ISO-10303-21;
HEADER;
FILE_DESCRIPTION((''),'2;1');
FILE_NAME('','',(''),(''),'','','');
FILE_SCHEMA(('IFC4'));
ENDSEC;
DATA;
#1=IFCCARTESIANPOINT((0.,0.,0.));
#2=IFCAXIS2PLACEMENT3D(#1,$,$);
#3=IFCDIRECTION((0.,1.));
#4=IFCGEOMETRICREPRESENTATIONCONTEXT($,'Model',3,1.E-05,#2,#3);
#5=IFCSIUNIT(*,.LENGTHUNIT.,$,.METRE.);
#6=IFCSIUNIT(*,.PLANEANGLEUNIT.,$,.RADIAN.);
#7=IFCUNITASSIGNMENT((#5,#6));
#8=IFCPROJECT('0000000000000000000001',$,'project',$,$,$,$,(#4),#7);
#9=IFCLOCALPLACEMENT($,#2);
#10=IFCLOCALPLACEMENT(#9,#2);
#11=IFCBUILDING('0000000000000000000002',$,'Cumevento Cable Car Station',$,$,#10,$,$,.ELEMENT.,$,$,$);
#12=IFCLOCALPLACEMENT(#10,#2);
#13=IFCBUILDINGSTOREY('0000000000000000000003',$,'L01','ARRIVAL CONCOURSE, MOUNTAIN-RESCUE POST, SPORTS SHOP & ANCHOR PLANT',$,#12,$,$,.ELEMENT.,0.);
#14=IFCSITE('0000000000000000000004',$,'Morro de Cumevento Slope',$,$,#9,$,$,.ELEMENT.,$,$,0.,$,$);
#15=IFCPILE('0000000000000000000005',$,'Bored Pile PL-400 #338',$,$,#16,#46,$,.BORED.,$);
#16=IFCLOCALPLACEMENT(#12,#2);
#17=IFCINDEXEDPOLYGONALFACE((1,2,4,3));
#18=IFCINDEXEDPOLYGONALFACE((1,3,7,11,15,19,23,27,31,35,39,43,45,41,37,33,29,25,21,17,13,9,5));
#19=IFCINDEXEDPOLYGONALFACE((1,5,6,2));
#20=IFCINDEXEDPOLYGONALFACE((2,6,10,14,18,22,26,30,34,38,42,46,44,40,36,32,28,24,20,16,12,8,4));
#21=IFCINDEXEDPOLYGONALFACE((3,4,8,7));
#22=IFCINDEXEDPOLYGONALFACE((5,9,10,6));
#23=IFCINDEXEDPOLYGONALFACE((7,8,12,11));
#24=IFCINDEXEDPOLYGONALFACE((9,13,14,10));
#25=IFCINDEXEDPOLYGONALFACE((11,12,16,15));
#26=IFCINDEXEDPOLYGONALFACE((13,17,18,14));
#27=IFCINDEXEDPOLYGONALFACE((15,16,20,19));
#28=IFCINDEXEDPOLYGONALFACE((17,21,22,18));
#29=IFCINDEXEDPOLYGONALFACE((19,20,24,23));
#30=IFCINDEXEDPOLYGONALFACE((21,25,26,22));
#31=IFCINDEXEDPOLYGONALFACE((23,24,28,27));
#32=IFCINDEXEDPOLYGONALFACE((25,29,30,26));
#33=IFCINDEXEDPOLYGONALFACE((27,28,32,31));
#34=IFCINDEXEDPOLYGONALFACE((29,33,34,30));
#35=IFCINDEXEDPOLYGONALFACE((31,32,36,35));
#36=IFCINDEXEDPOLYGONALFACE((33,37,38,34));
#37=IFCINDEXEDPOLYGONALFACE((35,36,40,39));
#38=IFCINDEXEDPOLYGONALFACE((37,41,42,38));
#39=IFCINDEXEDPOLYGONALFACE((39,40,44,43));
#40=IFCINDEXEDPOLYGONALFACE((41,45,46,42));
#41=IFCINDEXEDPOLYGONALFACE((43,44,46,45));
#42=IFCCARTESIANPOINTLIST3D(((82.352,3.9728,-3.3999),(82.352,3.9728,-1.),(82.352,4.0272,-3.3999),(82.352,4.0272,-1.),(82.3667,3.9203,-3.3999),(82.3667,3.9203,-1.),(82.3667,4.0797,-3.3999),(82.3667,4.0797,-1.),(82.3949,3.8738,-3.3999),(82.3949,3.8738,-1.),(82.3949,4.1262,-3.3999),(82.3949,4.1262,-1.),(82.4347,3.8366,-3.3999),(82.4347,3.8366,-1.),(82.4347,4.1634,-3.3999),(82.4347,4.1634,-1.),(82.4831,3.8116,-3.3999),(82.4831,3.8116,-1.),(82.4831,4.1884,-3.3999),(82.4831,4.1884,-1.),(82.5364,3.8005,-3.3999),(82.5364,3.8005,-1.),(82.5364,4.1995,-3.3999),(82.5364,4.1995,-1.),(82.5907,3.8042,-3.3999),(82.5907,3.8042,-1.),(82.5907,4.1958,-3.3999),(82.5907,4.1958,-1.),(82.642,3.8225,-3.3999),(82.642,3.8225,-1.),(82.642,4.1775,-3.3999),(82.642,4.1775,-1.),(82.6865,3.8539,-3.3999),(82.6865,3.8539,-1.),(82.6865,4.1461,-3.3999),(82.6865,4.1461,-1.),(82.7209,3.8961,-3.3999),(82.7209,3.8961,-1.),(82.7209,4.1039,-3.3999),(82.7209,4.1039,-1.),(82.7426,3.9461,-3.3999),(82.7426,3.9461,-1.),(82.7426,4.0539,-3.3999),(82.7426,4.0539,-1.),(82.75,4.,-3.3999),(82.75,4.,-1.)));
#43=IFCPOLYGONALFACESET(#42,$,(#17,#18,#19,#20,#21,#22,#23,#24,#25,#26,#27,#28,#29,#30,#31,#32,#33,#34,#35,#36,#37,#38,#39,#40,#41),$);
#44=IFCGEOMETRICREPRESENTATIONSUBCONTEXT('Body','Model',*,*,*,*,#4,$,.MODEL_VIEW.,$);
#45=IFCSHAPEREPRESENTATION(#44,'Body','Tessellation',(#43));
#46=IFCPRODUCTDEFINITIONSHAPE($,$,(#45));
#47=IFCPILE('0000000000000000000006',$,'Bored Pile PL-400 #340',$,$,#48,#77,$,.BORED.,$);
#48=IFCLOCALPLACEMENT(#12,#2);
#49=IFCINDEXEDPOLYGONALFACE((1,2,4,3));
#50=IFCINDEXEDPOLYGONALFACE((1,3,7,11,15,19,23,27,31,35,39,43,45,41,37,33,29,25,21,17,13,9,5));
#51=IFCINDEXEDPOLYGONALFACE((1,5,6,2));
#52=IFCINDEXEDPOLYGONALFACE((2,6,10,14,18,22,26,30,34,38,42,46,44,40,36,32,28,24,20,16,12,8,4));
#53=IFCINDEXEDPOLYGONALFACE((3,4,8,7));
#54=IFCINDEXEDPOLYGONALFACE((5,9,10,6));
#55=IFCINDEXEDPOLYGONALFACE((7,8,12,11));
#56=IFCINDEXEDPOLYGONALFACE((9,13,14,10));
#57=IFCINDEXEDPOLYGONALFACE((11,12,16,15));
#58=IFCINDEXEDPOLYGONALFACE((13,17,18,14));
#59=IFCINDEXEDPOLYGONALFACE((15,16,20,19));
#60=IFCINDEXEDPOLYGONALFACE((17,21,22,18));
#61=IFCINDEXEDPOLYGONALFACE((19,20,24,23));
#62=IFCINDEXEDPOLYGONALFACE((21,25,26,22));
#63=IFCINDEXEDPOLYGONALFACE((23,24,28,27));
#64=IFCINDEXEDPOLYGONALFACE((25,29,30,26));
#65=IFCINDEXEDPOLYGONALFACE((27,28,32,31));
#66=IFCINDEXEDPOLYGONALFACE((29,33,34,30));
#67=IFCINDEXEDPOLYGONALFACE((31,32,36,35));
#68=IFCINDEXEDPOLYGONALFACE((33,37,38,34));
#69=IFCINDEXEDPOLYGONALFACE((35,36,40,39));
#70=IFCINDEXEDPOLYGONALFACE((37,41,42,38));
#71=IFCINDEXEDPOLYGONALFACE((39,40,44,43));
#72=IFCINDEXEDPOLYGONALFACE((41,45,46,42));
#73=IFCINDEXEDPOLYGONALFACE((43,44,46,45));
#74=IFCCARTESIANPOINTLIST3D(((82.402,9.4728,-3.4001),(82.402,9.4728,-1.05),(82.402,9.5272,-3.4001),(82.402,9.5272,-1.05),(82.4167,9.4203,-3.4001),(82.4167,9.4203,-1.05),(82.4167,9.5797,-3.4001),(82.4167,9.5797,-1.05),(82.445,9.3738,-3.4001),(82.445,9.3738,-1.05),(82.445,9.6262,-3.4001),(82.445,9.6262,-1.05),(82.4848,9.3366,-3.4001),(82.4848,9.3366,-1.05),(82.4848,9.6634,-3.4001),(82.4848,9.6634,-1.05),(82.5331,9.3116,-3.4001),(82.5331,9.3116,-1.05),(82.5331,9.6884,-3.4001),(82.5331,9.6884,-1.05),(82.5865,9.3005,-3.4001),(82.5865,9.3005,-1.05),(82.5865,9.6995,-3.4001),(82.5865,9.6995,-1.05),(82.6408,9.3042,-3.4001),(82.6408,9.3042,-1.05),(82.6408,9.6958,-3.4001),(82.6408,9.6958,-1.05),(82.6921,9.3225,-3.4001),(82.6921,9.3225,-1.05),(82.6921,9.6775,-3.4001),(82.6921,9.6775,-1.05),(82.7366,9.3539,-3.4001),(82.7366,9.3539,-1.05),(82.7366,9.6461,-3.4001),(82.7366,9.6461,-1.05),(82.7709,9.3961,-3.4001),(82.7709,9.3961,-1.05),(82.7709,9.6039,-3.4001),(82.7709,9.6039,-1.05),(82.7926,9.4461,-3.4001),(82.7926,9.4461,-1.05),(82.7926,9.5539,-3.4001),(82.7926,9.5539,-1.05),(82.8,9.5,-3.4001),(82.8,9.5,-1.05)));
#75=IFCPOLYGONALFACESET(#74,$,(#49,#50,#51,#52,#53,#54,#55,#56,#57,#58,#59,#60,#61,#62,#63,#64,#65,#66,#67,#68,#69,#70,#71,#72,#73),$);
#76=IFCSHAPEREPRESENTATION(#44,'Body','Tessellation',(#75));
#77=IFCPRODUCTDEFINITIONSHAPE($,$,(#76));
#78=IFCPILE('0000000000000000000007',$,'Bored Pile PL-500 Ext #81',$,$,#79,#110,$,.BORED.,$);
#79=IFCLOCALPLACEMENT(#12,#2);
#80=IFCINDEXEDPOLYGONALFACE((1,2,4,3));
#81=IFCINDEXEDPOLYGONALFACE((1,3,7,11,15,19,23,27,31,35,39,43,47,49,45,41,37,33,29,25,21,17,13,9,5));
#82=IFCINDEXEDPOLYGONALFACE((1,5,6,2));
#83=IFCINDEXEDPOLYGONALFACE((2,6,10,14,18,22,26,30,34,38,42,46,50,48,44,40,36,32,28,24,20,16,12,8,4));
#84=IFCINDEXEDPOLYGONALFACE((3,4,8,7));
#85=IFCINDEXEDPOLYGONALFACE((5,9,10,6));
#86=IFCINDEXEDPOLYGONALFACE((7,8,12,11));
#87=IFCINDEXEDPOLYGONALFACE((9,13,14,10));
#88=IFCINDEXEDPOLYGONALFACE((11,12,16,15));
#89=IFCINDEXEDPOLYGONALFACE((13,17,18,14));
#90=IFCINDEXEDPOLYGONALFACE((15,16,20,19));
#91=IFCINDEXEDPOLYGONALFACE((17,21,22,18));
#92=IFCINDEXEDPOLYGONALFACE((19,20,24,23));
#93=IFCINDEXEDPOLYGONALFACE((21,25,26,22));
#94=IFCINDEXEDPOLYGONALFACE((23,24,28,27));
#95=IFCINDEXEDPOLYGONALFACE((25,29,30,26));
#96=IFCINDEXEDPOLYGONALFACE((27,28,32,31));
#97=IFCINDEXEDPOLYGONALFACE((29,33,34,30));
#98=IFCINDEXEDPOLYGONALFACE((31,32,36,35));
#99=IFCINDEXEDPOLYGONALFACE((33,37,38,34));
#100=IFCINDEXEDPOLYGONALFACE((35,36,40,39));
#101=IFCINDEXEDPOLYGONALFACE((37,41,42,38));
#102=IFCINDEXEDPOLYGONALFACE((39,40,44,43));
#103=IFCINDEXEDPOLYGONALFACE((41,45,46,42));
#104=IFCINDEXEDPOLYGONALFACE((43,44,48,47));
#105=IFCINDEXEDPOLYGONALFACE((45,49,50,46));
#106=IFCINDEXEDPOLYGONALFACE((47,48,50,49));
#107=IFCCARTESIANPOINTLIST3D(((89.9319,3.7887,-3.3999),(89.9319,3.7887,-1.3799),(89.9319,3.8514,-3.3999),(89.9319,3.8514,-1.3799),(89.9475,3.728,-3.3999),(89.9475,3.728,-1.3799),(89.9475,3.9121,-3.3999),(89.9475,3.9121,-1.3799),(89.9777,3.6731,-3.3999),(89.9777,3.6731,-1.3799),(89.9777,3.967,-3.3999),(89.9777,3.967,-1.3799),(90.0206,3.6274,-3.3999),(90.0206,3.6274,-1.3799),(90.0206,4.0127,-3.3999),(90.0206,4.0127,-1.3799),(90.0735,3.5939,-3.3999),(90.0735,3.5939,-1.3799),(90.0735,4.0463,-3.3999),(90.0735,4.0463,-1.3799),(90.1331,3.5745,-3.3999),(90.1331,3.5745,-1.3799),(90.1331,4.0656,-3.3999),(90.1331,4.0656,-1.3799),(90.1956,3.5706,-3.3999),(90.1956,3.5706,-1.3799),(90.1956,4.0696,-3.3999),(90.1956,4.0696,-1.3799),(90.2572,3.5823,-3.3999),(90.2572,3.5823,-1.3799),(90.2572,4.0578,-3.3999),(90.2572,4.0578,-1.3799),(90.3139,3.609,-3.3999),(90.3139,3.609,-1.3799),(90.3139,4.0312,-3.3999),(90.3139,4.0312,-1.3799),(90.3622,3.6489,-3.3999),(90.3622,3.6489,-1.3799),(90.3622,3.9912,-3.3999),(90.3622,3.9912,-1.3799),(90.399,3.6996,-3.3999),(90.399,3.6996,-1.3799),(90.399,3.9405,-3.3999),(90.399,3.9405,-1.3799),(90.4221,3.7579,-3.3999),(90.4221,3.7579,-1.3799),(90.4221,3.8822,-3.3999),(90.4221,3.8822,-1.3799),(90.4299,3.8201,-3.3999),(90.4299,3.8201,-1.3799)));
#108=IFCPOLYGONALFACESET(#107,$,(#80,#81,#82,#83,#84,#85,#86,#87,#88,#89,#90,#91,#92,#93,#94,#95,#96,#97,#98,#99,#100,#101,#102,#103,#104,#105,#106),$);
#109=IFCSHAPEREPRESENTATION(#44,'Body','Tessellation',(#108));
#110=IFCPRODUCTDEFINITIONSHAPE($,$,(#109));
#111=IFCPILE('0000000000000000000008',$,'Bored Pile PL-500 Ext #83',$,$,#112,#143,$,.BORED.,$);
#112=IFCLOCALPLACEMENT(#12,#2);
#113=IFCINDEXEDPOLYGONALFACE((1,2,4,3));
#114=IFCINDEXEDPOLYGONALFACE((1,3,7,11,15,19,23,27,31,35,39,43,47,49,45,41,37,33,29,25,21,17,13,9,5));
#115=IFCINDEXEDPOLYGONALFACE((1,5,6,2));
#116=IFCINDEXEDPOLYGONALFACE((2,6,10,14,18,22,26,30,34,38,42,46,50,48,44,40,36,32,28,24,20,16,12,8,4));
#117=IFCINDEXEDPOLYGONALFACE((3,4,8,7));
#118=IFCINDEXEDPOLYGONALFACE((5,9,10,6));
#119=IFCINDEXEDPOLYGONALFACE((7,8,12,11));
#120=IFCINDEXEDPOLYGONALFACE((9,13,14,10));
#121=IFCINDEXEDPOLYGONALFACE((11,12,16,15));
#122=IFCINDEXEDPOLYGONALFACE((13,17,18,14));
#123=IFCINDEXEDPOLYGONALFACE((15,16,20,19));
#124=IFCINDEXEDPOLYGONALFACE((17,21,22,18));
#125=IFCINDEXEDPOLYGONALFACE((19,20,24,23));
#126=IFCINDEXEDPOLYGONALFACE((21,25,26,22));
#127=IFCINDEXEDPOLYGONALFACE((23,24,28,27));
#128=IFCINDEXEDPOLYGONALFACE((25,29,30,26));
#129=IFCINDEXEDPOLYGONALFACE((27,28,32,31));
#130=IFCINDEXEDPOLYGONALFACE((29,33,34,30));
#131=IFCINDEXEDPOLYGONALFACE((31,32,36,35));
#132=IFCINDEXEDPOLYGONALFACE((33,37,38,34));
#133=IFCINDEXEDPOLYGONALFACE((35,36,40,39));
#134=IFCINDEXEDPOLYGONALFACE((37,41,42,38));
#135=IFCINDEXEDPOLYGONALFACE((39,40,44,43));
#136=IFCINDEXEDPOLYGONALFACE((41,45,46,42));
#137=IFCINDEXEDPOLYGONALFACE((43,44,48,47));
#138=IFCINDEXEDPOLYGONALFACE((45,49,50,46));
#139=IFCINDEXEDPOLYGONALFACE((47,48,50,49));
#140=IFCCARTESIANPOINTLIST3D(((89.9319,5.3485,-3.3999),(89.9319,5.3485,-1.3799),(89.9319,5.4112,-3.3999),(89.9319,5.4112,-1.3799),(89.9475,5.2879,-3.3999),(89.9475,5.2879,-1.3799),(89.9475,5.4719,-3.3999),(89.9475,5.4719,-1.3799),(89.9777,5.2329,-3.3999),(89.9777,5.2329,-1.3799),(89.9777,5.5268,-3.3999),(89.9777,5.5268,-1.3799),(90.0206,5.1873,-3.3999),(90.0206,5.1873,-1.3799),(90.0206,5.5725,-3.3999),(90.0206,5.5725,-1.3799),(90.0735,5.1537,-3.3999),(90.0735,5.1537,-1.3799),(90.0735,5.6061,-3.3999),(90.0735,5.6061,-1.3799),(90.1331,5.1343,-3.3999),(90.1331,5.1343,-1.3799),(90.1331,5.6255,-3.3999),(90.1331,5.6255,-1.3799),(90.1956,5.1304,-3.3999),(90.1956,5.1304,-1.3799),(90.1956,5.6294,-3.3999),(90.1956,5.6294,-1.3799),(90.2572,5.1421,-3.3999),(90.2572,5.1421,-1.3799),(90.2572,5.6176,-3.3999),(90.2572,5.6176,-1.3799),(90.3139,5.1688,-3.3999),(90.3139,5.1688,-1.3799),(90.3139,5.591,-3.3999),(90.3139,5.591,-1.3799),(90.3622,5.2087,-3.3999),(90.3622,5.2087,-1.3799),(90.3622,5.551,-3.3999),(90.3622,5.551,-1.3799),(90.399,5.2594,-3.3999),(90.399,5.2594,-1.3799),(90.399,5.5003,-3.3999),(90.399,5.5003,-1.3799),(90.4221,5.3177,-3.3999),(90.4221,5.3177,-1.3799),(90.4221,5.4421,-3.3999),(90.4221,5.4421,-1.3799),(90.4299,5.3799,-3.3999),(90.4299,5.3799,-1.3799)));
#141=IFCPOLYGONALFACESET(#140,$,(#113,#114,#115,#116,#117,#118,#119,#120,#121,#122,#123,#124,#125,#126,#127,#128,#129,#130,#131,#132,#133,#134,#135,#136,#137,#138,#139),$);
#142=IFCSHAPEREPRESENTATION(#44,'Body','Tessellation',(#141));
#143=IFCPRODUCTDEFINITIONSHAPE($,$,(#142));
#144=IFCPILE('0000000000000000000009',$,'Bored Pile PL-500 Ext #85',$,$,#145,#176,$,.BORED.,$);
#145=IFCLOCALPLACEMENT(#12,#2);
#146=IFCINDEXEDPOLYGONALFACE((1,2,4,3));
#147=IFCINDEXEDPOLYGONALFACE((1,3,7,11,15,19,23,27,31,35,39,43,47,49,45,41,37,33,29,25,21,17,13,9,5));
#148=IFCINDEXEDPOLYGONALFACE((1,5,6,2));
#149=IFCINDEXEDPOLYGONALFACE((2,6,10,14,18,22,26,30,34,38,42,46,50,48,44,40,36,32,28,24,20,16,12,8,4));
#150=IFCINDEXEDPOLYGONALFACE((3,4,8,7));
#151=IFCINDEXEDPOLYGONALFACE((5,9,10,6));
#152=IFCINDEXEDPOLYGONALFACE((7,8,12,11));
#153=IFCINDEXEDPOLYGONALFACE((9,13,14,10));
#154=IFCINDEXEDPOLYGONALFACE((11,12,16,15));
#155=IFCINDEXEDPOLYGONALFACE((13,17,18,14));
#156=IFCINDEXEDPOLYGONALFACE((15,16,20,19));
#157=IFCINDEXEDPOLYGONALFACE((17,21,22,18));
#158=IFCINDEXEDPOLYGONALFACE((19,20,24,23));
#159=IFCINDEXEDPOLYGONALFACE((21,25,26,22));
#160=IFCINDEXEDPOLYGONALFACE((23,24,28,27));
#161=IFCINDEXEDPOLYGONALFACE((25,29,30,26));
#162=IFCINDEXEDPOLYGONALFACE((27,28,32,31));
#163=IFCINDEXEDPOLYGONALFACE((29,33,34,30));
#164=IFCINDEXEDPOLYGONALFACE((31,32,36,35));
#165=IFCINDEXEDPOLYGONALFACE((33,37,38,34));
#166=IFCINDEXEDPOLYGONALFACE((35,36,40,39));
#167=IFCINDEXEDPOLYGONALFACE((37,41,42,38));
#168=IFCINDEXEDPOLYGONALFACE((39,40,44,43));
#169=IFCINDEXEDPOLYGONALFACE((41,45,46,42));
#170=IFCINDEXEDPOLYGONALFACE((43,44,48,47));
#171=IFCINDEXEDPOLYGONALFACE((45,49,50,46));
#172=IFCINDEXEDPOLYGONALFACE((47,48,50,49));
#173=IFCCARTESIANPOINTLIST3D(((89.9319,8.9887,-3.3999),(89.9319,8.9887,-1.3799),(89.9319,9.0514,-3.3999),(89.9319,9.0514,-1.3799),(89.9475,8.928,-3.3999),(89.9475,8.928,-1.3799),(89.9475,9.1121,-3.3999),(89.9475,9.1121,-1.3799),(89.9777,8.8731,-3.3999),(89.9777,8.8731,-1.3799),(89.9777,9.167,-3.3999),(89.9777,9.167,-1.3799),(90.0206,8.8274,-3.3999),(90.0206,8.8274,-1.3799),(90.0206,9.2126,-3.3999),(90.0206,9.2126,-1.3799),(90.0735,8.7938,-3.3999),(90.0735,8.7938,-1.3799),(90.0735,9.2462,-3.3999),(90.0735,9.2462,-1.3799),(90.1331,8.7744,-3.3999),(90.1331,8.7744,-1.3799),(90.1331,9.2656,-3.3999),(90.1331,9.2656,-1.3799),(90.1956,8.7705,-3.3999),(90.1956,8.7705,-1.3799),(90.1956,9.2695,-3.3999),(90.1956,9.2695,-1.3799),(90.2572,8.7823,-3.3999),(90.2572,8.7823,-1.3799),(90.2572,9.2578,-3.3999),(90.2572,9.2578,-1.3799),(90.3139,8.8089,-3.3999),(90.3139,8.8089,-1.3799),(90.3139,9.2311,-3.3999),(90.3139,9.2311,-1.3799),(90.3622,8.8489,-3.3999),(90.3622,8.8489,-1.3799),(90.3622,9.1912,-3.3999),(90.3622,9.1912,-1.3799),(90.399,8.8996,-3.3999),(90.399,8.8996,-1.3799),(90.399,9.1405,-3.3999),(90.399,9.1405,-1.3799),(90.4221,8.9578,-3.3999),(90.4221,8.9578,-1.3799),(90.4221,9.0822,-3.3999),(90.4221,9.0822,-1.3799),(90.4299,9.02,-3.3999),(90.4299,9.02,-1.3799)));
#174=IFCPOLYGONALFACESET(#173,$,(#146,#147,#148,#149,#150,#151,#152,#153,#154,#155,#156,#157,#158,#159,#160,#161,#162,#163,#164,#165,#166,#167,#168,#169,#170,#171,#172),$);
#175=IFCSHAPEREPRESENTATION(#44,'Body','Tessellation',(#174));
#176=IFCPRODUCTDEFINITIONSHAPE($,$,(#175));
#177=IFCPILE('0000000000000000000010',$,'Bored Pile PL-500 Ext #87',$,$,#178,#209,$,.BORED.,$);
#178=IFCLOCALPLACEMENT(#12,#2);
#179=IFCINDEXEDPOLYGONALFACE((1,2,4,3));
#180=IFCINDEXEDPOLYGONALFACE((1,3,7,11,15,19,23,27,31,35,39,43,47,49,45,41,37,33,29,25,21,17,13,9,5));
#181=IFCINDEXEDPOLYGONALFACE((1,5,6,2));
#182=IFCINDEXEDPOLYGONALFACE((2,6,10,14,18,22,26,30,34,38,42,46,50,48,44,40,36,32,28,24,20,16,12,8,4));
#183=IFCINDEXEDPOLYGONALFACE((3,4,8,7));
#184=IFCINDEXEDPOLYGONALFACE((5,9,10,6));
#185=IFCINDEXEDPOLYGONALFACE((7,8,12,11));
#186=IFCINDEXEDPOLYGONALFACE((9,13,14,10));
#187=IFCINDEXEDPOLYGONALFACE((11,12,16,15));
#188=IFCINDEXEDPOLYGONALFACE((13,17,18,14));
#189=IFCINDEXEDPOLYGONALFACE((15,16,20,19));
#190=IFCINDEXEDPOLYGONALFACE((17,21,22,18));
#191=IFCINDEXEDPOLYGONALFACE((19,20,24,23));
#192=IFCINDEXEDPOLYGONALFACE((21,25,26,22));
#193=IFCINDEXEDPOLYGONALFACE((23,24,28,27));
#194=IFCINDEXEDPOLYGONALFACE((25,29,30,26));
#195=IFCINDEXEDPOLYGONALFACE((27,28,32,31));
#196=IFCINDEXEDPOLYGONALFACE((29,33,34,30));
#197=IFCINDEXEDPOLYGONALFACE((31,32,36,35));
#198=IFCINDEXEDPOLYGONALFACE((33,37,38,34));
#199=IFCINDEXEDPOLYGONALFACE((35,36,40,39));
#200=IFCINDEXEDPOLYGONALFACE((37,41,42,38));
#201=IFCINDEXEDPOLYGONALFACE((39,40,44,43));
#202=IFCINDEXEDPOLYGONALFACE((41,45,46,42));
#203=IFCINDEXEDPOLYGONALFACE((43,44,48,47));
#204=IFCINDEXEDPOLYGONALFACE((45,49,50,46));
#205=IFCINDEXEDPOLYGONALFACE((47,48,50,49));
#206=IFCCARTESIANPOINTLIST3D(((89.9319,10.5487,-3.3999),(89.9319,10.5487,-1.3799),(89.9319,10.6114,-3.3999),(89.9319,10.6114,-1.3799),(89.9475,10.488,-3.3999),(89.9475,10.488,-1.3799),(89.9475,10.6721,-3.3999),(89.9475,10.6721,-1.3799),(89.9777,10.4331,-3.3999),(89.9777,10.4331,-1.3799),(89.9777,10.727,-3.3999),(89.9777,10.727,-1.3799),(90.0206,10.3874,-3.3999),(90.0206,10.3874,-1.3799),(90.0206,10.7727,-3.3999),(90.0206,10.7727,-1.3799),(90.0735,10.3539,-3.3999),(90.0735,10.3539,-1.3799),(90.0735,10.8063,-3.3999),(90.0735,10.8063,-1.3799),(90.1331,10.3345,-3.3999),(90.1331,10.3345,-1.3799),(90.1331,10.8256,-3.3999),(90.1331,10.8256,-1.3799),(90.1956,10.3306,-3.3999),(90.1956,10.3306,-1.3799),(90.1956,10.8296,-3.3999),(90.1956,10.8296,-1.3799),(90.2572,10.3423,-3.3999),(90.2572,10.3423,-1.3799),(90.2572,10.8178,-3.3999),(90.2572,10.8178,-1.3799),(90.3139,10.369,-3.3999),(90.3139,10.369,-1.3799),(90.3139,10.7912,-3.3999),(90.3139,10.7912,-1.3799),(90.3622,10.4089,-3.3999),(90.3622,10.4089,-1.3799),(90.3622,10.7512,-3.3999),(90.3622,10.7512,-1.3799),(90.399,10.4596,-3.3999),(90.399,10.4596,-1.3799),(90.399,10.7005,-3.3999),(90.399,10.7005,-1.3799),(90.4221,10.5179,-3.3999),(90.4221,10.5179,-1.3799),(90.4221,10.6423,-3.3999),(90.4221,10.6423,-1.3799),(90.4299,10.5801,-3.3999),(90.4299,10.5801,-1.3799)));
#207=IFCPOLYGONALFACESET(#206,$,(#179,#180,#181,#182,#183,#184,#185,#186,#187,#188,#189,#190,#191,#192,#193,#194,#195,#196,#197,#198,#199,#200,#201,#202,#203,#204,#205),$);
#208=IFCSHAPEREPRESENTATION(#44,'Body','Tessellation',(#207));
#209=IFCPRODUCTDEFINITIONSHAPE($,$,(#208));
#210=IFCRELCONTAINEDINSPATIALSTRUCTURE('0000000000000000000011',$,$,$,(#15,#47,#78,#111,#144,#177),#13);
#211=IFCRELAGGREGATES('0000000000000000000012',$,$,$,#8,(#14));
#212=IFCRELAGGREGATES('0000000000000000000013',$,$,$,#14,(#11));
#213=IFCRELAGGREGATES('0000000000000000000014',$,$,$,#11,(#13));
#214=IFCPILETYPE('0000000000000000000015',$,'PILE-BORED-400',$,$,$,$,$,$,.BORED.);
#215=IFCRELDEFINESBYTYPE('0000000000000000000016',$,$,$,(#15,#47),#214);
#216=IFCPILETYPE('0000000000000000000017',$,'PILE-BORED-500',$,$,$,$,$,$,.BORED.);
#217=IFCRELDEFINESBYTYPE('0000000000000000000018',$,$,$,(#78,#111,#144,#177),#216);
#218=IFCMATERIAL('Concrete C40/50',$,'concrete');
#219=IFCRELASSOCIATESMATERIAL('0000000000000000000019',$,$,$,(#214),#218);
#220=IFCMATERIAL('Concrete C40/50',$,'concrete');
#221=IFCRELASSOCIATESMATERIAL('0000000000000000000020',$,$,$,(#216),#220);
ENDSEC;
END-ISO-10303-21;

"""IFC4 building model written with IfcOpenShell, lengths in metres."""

from ifc_helpers import new_model, si_unit, direction, frame, origin, origin_2d, place, context, subcontext, project, spatial, circle, extrude, material, material_profile, profile_set, type_object, element, save


model = new_model("IFC4")

# Units and contexts
model_context = context("Model", 3, precision=1e-05, world=origin(), true_north=direction((0.0, 1.0)))
body_context = subcontext(model_context, "Body", "Model", "MODEL_VIEW")
ifc_project = project(units=[si_unit("LENGTHUNIT", "METRE"), si_unit("PLANEANGLEUNIT", "RADIAN")], contexts=[model_context])

# Site, building, storey
site_placement = place(None, origin())
site = spatial("IfcSite", under=ifc_project, at=site_placement, Name="Morro de Cumevento Slope", CompositionType="ELEMENT", RefElevation=0.0)
building_placement = place(site_placement, origin())
building = spatial("IfcBuilding", under=site, at=building_placement, Name="Cumevento Cable Car Station", CompositionType="ELEMENT")
storey_placement = place(building_placement, origin())
storey = spatial("IfcBuildingStorey", under=building, at=storey_placement, Name="L01", Description="ARRIVAL CONCOURSE, MOUNTAIN-RESCUE POST, SPORTS SHOP & ANCHOR PLANT", CompositionType="ELEMENT", Elevation=0.0)

# Piles
ifc_material_1 = material(Name="Concrete C40/50", Category="concrete")
ifc_material_profile_1 = material_profile(ifc_material_1, circle(Radius=0.2, at=origin_2d()), Name="PILE-D400")
ifc_profile_set_1 = profile_set([ifc_material_profile_1], Name="Concrete C40/50")
pile_type_1 = type_object("IfcPileType", Name="PILE-BORED-400", PredefinedType="BORED", material=ifc_profile_set_1)
pile_1_placement = place(storey_placement, frame((82.55, 4.0, -1.0), z_axis=(0.0, 0.0, -1.0), x_axis=(1.0, 0.0, 0.0)))
element("IfcPile", 1, at=pile_1_placement, inside=storey, type_object=pile_type_1, Name="Bored Pile PL-400 #338", PredefinedType="BORED", context=body_context, shape_type="SweptSolid", body=[
    extrude(circle(Radius=0.2, at=origin_2d()), origin(), (0.0, 0.0, 1.0), 2.3999),
])
pile_2_placement = place(storey_placement, frame((82.6001, 9.5, -1.05), z_axis=(0.0, 0.0, -1.0), x_axis=(1.0, 0.0, 0.0)))
element("IfcPile", 2, at=pile_2_placement, inside=storey, type_object=pile_type_1, Name="Bored Pile PL-400 #340", PredefinedType="BORED", context=body_context, shape_type="SweptSolid", body=[
    extrude(circle(Radius=0.2, at=origin_2d()), origin(), (0.0, 0.0, 1.0), 2.3501),
])
ifc_material_2 = material(Name="Concrete C40/50", Category="concrete")
ifc_material_profile_2 = material_profile(ifc_material_2, circle(Radius=0.25, at=origin_2d()), Name="PILE-D500")
ifc_profile_set_2 = profile_set([ifc_material_profile_2], Name="Concrete C40/50")
pile_type_2 = type_object("IfcPileType", Name="PILE-BORED-500", PredefinedType="BORED", material=ifc_profile_set_2)
for number, where, z_axis, x_axis, name in (
    (3, (90.1799, 3.8201, -1.3799), (0.0, 0.0, -1.0), (1.0, 0.0, 0.0), "Bored Pile PL-500 Ext #81"),
    (4, (90.1799, 5.3799, -1.3799), (0.0, 0.0, -1.0), (1.0, 0.0, 0.0), "Bored Pile PL-500 Ext #83"),
    (5, (90.1799, 9.02, -1.3799), (0.0, 0.0, -1.0), (1.0, 0.0, 0.0), "Bored Pile PL-500 Ext #85"),
    (6, (90.1799, 10.5801, -1.3799), (0.0, 0.0, -1.0), (1.0, 0.0, 0.0), "Bored Pile PL-500 Ext #87"),
):
    element("IfcPile", number, at=place(storey_placement, frame(where, z_axis=z_axis, x_axis=x_axis)), inside=storey, type_object=pile_type_2, Name=name, PredefinedType="BORED", context=body_context, shape_type="SweptSolid", body=[
        extrude(circle(Radius=0.25, at=origin_2d()), origin(), (0.0, 0.0, 1.0), 2.02),
    ])

save(model, "model.ifc")
